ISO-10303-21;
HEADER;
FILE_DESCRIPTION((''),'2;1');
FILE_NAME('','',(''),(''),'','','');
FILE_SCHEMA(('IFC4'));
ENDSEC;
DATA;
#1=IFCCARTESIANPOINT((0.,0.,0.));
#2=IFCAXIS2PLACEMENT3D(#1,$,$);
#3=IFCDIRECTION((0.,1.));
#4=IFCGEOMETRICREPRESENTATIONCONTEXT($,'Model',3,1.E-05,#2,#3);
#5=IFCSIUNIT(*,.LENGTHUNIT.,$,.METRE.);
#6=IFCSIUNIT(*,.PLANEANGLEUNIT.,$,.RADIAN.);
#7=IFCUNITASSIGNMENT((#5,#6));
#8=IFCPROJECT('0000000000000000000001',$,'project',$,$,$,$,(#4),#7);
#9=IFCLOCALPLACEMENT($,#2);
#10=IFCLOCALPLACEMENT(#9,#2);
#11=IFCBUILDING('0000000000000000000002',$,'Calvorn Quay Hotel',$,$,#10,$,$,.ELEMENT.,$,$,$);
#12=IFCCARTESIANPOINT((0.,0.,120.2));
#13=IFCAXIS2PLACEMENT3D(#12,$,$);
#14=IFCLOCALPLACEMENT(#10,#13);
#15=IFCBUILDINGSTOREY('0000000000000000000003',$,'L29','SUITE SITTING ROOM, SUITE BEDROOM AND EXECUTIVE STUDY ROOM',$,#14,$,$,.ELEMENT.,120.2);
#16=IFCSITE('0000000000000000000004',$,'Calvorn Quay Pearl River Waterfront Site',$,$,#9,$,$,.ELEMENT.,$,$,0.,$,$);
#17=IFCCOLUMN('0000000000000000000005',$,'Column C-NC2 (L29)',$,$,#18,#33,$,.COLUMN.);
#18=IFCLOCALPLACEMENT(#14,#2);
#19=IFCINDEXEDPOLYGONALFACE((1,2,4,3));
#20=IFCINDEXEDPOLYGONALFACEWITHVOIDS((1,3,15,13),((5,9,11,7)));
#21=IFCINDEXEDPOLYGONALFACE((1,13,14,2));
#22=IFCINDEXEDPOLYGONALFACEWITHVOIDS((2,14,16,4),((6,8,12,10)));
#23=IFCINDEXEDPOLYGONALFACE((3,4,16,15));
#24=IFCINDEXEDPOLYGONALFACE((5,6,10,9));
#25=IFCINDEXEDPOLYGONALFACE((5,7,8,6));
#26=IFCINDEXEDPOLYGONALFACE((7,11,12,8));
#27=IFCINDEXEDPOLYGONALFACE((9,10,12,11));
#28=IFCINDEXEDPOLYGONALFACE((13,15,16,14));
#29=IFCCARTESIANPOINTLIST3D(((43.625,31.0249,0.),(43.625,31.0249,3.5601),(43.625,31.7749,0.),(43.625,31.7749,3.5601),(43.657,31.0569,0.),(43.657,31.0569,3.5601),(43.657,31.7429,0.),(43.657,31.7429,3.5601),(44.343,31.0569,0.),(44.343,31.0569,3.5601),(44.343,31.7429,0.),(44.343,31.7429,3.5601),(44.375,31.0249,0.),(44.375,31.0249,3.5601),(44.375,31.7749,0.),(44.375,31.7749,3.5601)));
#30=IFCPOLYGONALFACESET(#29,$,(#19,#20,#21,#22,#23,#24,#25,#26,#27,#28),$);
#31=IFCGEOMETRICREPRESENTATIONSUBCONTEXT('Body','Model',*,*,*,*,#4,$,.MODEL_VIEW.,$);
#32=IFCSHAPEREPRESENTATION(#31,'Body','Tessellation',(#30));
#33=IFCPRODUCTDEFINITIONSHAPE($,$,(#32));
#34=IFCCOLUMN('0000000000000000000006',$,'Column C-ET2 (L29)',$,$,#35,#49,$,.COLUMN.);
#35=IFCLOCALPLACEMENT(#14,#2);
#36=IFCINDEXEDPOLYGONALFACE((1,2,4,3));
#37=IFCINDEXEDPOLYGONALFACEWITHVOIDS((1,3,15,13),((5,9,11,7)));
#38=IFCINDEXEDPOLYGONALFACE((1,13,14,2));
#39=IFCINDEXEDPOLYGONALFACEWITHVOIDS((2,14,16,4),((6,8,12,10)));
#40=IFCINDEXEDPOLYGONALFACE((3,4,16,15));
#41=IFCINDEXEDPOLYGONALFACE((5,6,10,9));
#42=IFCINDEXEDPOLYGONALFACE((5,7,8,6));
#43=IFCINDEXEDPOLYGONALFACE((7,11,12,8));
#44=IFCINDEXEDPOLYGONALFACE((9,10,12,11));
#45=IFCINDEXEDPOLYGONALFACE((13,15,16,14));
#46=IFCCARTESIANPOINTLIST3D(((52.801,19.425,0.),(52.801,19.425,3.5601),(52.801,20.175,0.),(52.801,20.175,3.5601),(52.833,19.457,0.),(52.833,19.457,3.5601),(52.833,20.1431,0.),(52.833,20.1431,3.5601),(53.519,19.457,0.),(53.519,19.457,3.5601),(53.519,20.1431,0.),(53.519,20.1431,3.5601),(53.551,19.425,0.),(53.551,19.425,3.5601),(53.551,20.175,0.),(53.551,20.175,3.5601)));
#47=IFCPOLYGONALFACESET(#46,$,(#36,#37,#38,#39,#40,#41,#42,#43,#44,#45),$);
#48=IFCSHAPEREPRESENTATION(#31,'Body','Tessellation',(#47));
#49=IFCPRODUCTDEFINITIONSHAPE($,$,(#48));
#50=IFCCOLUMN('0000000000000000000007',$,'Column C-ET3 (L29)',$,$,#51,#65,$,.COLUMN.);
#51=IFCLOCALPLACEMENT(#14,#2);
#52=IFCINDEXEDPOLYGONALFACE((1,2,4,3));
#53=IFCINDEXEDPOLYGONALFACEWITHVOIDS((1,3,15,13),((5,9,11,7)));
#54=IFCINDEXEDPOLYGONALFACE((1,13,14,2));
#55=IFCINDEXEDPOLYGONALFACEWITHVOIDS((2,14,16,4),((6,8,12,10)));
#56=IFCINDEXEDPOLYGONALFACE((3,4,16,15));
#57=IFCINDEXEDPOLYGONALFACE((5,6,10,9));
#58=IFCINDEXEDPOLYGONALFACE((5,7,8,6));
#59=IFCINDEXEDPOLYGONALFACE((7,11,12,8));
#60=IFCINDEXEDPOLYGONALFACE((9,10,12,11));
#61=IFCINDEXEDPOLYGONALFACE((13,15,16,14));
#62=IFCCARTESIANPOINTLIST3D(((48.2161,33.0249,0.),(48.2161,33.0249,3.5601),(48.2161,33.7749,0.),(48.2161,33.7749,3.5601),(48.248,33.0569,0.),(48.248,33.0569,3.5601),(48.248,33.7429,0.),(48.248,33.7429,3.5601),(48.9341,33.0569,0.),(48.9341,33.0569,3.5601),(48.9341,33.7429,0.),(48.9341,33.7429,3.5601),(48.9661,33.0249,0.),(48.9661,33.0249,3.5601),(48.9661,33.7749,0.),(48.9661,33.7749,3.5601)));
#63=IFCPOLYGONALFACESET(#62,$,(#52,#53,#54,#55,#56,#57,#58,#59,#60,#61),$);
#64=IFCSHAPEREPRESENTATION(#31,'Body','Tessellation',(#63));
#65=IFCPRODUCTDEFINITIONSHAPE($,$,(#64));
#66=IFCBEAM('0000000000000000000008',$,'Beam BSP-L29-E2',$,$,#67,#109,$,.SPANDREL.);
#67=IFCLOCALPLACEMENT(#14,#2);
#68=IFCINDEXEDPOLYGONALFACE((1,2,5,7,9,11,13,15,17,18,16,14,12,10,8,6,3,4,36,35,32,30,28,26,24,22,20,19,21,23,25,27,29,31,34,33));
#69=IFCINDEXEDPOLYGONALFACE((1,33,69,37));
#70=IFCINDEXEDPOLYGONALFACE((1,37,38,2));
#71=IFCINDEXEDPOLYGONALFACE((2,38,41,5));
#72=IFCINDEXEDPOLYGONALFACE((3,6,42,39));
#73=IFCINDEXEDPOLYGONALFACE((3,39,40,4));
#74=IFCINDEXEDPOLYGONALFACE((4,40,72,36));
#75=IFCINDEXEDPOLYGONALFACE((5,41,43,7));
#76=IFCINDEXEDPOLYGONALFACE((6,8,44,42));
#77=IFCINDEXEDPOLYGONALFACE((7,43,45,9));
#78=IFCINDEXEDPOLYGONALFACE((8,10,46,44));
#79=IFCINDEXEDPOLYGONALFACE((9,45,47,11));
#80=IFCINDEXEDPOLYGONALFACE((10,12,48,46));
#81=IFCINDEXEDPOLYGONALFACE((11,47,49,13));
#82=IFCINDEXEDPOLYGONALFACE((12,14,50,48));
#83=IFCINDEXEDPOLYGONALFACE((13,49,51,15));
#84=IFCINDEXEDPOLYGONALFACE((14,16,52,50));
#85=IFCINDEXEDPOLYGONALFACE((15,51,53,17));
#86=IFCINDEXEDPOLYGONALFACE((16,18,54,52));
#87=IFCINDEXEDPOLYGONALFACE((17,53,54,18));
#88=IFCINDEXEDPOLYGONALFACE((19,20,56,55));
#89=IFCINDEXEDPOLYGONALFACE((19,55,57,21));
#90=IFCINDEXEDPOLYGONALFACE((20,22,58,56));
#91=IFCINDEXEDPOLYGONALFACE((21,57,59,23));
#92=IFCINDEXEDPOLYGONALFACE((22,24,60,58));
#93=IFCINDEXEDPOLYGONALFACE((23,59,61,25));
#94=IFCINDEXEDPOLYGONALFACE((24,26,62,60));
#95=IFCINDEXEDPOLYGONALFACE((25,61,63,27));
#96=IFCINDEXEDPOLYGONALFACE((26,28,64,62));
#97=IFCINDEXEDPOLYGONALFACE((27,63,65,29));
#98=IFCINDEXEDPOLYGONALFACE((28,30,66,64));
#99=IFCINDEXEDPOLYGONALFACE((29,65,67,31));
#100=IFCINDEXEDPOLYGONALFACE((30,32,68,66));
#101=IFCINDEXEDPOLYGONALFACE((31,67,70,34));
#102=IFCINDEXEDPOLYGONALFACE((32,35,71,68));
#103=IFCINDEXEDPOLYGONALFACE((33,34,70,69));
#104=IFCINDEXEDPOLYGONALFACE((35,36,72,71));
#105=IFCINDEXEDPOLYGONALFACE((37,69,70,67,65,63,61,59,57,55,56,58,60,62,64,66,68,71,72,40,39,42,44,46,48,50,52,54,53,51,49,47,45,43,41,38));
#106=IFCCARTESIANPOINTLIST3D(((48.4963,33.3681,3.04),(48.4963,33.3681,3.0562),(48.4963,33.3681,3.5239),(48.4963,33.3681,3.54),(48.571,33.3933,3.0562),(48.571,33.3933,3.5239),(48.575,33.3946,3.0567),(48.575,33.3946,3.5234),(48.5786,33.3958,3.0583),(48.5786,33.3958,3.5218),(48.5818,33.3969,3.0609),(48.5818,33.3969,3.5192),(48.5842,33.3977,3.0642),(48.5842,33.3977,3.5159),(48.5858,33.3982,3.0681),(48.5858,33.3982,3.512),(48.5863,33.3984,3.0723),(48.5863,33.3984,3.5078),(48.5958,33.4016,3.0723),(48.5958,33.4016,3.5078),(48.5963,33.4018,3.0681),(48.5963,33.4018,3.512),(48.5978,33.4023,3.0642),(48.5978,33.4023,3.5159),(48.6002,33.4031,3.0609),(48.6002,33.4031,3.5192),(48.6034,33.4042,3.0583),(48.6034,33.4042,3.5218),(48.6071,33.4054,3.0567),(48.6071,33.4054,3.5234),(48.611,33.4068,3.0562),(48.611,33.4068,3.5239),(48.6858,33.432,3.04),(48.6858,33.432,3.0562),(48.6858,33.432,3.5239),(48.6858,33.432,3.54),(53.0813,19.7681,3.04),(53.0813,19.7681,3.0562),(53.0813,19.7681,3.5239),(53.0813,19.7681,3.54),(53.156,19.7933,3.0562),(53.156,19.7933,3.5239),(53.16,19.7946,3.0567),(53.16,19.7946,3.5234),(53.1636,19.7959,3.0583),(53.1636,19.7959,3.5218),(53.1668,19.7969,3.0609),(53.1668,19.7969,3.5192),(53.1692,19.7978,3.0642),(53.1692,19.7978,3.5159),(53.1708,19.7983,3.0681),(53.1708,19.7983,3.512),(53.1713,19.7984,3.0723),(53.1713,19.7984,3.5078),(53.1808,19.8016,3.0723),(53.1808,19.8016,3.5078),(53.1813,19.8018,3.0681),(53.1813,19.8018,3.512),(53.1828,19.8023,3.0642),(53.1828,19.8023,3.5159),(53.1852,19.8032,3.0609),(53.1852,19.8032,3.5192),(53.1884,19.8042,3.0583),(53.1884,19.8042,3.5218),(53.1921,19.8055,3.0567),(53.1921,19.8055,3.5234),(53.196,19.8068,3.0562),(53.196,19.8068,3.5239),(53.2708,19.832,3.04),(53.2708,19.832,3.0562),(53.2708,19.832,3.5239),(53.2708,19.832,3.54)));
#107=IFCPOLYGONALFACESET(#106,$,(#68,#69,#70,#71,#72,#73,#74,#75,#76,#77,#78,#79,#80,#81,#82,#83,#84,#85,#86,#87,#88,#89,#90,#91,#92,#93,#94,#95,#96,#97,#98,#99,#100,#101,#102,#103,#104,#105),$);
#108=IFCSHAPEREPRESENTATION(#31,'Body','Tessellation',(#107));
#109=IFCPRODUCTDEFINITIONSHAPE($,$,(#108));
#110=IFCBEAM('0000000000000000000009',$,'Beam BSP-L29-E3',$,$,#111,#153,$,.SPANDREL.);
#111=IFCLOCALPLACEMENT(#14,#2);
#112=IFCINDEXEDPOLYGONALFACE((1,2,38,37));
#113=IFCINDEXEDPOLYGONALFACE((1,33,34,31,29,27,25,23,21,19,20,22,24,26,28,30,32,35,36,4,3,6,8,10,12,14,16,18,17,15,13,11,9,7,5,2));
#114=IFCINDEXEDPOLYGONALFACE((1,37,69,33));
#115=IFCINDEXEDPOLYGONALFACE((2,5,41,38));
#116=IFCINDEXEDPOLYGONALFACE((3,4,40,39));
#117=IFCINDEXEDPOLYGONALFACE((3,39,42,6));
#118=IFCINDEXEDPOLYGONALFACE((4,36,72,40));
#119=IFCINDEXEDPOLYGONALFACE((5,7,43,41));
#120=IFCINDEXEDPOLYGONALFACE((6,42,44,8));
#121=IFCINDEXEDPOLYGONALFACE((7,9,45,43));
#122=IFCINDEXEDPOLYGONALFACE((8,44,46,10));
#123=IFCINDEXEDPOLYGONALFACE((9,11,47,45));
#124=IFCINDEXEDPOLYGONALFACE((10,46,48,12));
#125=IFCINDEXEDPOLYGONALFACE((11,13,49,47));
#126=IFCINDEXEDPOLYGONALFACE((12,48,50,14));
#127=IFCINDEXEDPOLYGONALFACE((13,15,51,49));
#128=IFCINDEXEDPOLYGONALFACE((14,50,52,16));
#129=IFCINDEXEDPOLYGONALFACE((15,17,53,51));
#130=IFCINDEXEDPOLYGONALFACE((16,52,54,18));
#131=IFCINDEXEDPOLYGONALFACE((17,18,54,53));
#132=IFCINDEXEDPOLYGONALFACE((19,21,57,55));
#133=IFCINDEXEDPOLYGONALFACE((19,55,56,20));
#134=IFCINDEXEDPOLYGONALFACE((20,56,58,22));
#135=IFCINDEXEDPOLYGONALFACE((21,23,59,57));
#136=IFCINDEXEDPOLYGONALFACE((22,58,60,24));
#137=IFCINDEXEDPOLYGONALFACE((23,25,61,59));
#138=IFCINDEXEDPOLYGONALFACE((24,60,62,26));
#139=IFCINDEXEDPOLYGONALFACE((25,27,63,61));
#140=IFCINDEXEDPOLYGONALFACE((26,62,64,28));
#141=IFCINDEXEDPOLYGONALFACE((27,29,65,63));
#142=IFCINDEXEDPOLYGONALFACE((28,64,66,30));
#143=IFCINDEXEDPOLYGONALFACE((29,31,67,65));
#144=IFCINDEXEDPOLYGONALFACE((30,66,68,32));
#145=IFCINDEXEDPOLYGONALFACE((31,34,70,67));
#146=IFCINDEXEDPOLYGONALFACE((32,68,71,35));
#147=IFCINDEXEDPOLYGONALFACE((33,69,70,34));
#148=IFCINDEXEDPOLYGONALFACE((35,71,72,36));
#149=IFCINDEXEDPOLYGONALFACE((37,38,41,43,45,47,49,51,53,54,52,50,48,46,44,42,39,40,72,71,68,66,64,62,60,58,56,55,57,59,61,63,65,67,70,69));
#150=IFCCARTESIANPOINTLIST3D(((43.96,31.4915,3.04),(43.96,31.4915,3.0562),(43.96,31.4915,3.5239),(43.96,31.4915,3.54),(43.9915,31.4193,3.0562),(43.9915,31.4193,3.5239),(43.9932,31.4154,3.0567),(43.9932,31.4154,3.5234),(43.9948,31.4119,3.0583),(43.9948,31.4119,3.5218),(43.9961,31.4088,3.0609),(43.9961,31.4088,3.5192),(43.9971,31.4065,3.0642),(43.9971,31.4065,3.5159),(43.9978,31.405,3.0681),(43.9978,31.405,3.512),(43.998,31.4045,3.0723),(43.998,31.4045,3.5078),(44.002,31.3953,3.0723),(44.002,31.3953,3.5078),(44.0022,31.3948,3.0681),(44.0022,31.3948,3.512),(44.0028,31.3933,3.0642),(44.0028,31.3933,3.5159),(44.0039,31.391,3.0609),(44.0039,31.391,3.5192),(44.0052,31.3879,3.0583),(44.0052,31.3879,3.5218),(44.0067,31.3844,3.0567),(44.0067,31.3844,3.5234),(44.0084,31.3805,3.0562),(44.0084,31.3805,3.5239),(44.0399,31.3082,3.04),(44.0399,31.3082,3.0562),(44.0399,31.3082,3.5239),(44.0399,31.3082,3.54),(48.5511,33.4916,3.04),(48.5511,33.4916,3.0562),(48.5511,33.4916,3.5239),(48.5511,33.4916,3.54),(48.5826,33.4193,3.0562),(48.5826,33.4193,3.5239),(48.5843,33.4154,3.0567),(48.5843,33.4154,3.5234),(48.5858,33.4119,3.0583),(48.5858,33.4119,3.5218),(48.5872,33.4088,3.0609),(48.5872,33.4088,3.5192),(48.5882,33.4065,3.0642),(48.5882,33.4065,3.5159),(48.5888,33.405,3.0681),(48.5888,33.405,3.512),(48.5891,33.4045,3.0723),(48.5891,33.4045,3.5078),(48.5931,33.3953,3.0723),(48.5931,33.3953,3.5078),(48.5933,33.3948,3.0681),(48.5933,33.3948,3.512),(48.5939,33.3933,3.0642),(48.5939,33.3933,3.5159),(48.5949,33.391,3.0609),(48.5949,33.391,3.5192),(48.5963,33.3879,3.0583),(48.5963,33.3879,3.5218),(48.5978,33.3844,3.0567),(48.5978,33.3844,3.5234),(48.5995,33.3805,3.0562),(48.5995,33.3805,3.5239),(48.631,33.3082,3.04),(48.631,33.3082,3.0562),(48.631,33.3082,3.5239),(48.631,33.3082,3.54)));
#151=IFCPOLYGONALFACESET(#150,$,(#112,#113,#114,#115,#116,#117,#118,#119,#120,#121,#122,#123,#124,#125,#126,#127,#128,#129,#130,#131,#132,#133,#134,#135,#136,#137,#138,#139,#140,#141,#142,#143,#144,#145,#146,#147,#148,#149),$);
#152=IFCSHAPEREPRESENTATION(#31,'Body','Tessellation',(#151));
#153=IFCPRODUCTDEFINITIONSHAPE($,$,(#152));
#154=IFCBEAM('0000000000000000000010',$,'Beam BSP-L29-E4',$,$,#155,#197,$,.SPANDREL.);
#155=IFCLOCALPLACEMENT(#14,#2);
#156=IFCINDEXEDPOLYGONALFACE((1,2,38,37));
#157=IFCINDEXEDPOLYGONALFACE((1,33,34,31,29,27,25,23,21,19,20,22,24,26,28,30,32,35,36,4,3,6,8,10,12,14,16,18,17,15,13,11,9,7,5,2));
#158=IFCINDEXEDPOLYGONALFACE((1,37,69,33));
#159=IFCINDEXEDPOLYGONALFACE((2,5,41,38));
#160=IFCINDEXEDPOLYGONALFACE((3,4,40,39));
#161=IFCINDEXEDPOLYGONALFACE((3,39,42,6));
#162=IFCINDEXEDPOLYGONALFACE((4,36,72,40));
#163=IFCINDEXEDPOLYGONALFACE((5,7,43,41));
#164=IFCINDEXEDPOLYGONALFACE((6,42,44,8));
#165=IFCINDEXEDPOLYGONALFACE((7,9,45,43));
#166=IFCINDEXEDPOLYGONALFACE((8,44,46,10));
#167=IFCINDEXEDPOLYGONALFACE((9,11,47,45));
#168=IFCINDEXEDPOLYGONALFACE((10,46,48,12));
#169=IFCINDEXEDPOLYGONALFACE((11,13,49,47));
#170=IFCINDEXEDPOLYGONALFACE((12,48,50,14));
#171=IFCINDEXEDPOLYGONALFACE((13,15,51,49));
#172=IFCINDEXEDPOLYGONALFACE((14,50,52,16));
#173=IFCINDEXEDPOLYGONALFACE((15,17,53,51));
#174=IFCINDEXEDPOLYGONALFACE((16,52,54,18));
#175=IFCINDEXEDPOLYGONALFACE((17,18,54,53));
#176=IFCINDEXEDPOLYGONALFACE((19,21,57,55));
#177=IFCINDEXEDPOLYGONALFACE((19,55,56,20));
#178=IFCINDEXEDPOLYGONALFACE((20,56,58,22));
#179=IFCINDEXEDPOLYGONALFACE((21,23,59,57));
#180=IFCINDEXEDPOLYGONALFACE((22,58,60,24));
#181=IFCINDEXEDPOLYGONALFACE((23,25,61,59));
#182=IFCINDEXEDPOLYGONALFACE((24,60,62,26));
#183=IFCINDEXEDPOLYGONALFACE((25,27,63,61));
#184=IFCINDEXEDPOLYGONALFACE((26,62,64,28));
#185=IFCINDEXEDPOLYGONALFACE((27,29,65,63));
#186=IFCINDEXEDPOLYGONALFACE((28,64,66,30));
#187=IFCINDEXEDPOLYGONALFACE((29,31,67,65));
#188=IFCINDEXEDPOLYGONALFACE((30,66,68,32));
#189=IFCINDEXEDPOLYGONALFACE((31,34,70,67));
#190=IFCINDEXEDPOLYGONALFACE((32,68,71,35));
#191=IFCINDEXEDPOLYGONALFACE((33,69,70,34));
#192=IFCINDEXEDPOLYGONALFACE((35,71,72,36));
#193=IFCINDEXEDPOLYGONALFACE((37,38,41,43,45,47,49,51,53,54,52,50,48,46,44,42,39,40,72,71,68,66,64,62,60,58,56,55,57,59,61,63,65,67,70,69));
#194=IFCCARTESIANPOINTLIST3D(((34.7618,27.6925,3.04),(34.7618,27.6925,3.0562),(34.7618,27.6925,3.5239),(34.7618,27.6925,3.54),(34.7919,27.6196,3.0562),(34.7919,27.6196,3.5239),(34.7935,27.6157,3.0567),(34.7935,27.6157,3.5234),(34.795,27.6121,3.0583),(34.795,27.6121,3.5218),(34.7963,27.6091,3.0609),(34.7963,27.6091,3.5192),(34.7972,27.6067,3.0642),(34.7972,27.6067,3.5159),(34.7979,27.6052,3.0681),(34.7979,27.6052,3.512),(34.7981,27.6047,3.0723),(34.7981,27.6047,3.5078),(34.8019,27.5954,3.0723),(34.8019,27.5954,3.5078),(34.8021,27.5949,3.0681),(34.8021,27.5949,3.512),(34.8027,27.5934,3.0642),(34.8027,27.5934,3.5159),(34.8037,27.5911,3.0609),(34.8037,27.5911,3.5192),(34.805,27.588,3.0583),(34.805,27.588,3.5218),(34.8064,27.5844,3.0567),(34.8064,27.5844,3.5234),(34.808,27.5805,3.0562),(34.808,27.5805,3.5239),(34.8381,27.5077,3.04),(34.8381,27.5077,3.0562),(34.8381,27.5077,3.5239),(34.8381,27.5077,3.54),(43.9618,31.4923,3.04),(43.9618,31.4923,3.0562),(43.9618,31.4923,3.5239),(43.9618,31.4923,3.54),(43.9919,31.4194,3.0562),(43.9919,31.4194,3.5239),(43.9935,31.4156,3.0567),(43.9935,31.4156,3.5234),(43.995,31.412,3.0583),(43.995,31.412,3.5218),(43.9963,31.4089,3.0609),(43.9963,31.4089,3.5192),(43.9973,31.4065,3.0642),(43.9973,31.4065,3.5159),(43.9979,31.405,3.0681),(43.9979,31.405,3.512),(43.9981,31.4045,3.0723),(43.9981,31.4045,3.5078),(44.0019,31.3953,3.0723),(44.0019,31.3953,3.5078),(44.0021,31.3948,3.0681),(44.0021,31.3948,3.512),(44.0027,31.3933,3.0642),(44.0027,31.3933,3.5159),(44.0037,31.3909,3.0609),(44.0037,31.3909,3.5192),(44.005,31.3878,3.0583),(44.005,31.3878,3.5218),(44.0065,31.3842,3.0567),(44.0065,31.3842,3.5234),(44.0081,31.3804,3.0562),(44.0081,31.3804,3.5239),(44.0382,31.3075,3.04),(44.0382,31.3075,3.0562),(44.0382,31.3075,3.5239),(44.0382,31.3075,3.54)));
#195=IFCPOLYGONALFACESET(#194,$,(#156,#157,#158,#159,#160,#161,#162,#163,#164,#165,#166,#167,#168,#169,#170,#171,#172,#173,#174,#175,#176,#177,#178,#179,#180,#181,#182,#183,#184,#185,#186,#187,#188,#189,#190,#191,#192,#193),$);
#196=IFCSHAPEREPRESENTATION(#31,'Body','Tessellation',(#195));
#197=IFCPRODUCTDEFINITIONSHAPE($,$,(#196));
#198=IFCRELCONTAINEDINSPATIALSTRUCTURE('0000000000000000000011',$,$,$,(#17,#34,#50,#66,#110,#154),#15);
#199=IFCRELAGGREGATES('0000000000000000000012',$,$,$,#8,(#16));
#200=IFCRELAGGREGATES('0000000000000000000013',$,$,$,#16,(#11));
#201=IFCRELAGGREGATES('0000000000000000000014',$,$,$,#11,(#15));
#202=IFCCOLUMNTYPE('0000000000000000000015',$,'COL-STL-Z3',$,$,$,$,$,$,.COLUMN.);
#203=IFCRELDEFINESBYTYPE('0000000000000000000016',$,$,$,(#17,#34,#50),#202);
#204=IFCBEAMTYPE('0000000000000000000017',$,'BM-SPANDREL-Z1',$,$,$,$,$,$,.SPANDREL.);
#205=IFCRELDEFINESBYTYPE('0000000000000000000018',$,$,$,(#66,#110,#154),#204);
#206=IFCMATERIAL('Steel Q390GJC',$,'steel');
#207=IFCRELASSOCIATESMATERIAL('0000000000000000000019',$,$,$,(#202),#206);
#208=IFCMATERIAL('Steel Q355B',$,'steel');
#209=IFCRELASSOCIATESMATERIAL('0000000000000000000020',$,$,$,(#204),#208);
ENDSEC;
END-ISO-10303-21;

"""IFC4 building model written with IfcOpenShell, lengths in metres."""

from ifc_helpers import new_model, si_unit, direction, frame, origin, origin_2d, place, context, subcontext, project, spatial, hollow_rectangle, i_section, extrude, material, material_profile, profile_set, type_object, element, save


model = new_model("IFC4")

# Units and contexts
model_context = context("Model", 3, precision=1e-05, world=origin(), true_north=direction((0.0, 1.0)))
body_context = subcontext(model_context, "Body", "Model", "MODEL_VIEW")
ifc_project = project(units=[si_unit("LENGTHUNIT", "METRE"), si_unit("PLANEANGLEUNIT", "RADIAN")], contexts=[model_context])

# Site, building, storey
site_placement = place(None, origin())
site = spatial("IfcSite", under=ifc_project, at=site_placement, Name="Calvorn Quay Pearl River Waterfront Site", CompositionType="ELEMENT", RefElevation=0.0)
building_placement = place(site_placement, origin())
building = spatial("IfcBuilding", under=site, at=building_placement, Name="Calvorn Quay Hotel", CompositionType="ELEMENT")
storey_placement = place(building_placement, frame((0.0, 0.0, 120.2)))
storey = spatial("IfcBuildingStorey", under=building, at=storey_placement, Name="L29", Description="SUITE SITTING ROOM, SUITE BEDROOM AND EXECUTIVE STUDY ROOM", CompositionType="ELEMENT", Elevation=120.2)

# Columns
ifc_material_1 = material(Name="Steel Q390GJC", Category="steel")
ifc_material_profile_1 = material_profile(ifc_material_1, hollow_rectangle(XDim=0.75, YDim=0.75, WallThickness=0.032, at=origin_2d()), Name="BOX750x750x32")
ifc_profile_set_1 = profile_set([ifc_material_profile_1], Name="Steel Q390GJC")
column_type = type_object("IfcColumnType", Name="COL-STL-Z3", PredefinedType="COLUMN", material=ifc_profile_set_1)
for number, where, z_axis, x_axis, name in (
    (1, (44.0, 31.3999, 0.0), (0.0, 0.0, 1.0), (1.0, 0.0, 0.0), "Column C-NC2 (L29)"),
    (2, (53.176, 19.8, 0.0), (0.0, 0.0, 1.0), (1.0, 0.0, 0.0), "Column C-ET2 (L29)"),
    (3, (48.5911, 33.3999, 0.0), (0.0, 0.0, 1.0), (1.0, 0.0, 0.0), "Column C-ET3 (L29)"),
):
    element("IfcColumn", number, at=place(storey_placement, frame(where, z_axis=z_axis, x_axis=x_axis)), inside=storey, type_object=column_type, Name=name, PredefinedType="COLUMN", context=body_context, shape_type="SweptSolid", body=[
        extrude(hollow_rectangle(XDim=0.75, YDim=0.75, WallThickness=0.032, at=origin_2d()), origin(), (0.0, 0.0, 1.0), 3.5601),
    ])

# Beams
ifc_material_2 = material(Name="Steel Q355B", Category="steel")
ifc_material_profile_2 = material_profile(ifc_material_2, i_section(OverallWidth=0.2, OverallDepth=0.5, WebThickness=0.01, FlangeThickness=0.0161, FilletRadius=0.0161, at=origin_2d()), Name="HN500x200x10x16")
ifc_profile_set_2 = profile_set([ifc_material_profile_2], Name="Steel Q355B")
beam_type = type_object("IfcBeamType", Name="BM-SPANDREL-Z1", PredefinedType="SPANDREL", material=ifc_profile_set_2)
beam_1_placement = place(storey_placement, frame((53.176, 19.8, 3.29), z_axis=(-0.319467, 0.947598, 0.0), x_axis=(-0.947598, -0.319467, 0.0)))
element("IfcBeam", 4, at=beam_1_placement, inside=storey, type_object=beam_type, Name="Beam BSP-L29-E2", PredefinedType="SPANDREL", context=body_context, shape_type="SweptSolid", body=[
    extrude(i_section(OverallWidth=0.2, OverallDepth=0.5, WebThickness=0.01, FlangeThickness=0.0161, FilletRadius=0.0161, at=origin_2d()), origin(), (0.0, 0.0, 1.0), 14.3521),
])
beam_2_placement = place(storey_placement, frame((48.5911, 33.3999, 3.29), z_axis=(-0.916786, -0.399378, 0.0), x_axis=(0.399378, -0.916786, 0.0)))
element("IfcBeam", 5, at=beam_2_placement, inside=storey, type_object=beam_type, Name="Beam BSP-L29-E3", PredefinedType="SPANDREL", context=body_context, shape_type="SweptSolid", body=[
    extrude(i_section(OverallWidth=0.2, OverallDepth=0.5, WebThickness=0.01, FlangeThickness=0.0161, FilletRadius=0.0161, at=origin_2d()), origin(), (0.0, 0.0, 1.0), 5.0078),
])
beam_3_placement = place(storey_placement, frame((44.0, 31.3999, 3.29), z_axis=(-0.924268, -0.381745, 0.0), x_axis=(0.381745, -0.924268, 0.0)))
element("IfcBeam", 6, at=beam_3_placement, inside=storey, type_object=beam_type, Name="Beam BSP-L29-E4", PredefinedType="SPANDREL", context=body_context, shape_type="SweptSolid", body=[
    extrude(i_section(OverallWidth=0.2, OverallDepth=0.5, WebThickness=0.01, FlangeThickness=0.0161, FilletRadius=0.0161, at=origin_2d()), origin(), (0.0, 0.0, 1.0), 9.9539),
])

save(model, "model.ifc")
